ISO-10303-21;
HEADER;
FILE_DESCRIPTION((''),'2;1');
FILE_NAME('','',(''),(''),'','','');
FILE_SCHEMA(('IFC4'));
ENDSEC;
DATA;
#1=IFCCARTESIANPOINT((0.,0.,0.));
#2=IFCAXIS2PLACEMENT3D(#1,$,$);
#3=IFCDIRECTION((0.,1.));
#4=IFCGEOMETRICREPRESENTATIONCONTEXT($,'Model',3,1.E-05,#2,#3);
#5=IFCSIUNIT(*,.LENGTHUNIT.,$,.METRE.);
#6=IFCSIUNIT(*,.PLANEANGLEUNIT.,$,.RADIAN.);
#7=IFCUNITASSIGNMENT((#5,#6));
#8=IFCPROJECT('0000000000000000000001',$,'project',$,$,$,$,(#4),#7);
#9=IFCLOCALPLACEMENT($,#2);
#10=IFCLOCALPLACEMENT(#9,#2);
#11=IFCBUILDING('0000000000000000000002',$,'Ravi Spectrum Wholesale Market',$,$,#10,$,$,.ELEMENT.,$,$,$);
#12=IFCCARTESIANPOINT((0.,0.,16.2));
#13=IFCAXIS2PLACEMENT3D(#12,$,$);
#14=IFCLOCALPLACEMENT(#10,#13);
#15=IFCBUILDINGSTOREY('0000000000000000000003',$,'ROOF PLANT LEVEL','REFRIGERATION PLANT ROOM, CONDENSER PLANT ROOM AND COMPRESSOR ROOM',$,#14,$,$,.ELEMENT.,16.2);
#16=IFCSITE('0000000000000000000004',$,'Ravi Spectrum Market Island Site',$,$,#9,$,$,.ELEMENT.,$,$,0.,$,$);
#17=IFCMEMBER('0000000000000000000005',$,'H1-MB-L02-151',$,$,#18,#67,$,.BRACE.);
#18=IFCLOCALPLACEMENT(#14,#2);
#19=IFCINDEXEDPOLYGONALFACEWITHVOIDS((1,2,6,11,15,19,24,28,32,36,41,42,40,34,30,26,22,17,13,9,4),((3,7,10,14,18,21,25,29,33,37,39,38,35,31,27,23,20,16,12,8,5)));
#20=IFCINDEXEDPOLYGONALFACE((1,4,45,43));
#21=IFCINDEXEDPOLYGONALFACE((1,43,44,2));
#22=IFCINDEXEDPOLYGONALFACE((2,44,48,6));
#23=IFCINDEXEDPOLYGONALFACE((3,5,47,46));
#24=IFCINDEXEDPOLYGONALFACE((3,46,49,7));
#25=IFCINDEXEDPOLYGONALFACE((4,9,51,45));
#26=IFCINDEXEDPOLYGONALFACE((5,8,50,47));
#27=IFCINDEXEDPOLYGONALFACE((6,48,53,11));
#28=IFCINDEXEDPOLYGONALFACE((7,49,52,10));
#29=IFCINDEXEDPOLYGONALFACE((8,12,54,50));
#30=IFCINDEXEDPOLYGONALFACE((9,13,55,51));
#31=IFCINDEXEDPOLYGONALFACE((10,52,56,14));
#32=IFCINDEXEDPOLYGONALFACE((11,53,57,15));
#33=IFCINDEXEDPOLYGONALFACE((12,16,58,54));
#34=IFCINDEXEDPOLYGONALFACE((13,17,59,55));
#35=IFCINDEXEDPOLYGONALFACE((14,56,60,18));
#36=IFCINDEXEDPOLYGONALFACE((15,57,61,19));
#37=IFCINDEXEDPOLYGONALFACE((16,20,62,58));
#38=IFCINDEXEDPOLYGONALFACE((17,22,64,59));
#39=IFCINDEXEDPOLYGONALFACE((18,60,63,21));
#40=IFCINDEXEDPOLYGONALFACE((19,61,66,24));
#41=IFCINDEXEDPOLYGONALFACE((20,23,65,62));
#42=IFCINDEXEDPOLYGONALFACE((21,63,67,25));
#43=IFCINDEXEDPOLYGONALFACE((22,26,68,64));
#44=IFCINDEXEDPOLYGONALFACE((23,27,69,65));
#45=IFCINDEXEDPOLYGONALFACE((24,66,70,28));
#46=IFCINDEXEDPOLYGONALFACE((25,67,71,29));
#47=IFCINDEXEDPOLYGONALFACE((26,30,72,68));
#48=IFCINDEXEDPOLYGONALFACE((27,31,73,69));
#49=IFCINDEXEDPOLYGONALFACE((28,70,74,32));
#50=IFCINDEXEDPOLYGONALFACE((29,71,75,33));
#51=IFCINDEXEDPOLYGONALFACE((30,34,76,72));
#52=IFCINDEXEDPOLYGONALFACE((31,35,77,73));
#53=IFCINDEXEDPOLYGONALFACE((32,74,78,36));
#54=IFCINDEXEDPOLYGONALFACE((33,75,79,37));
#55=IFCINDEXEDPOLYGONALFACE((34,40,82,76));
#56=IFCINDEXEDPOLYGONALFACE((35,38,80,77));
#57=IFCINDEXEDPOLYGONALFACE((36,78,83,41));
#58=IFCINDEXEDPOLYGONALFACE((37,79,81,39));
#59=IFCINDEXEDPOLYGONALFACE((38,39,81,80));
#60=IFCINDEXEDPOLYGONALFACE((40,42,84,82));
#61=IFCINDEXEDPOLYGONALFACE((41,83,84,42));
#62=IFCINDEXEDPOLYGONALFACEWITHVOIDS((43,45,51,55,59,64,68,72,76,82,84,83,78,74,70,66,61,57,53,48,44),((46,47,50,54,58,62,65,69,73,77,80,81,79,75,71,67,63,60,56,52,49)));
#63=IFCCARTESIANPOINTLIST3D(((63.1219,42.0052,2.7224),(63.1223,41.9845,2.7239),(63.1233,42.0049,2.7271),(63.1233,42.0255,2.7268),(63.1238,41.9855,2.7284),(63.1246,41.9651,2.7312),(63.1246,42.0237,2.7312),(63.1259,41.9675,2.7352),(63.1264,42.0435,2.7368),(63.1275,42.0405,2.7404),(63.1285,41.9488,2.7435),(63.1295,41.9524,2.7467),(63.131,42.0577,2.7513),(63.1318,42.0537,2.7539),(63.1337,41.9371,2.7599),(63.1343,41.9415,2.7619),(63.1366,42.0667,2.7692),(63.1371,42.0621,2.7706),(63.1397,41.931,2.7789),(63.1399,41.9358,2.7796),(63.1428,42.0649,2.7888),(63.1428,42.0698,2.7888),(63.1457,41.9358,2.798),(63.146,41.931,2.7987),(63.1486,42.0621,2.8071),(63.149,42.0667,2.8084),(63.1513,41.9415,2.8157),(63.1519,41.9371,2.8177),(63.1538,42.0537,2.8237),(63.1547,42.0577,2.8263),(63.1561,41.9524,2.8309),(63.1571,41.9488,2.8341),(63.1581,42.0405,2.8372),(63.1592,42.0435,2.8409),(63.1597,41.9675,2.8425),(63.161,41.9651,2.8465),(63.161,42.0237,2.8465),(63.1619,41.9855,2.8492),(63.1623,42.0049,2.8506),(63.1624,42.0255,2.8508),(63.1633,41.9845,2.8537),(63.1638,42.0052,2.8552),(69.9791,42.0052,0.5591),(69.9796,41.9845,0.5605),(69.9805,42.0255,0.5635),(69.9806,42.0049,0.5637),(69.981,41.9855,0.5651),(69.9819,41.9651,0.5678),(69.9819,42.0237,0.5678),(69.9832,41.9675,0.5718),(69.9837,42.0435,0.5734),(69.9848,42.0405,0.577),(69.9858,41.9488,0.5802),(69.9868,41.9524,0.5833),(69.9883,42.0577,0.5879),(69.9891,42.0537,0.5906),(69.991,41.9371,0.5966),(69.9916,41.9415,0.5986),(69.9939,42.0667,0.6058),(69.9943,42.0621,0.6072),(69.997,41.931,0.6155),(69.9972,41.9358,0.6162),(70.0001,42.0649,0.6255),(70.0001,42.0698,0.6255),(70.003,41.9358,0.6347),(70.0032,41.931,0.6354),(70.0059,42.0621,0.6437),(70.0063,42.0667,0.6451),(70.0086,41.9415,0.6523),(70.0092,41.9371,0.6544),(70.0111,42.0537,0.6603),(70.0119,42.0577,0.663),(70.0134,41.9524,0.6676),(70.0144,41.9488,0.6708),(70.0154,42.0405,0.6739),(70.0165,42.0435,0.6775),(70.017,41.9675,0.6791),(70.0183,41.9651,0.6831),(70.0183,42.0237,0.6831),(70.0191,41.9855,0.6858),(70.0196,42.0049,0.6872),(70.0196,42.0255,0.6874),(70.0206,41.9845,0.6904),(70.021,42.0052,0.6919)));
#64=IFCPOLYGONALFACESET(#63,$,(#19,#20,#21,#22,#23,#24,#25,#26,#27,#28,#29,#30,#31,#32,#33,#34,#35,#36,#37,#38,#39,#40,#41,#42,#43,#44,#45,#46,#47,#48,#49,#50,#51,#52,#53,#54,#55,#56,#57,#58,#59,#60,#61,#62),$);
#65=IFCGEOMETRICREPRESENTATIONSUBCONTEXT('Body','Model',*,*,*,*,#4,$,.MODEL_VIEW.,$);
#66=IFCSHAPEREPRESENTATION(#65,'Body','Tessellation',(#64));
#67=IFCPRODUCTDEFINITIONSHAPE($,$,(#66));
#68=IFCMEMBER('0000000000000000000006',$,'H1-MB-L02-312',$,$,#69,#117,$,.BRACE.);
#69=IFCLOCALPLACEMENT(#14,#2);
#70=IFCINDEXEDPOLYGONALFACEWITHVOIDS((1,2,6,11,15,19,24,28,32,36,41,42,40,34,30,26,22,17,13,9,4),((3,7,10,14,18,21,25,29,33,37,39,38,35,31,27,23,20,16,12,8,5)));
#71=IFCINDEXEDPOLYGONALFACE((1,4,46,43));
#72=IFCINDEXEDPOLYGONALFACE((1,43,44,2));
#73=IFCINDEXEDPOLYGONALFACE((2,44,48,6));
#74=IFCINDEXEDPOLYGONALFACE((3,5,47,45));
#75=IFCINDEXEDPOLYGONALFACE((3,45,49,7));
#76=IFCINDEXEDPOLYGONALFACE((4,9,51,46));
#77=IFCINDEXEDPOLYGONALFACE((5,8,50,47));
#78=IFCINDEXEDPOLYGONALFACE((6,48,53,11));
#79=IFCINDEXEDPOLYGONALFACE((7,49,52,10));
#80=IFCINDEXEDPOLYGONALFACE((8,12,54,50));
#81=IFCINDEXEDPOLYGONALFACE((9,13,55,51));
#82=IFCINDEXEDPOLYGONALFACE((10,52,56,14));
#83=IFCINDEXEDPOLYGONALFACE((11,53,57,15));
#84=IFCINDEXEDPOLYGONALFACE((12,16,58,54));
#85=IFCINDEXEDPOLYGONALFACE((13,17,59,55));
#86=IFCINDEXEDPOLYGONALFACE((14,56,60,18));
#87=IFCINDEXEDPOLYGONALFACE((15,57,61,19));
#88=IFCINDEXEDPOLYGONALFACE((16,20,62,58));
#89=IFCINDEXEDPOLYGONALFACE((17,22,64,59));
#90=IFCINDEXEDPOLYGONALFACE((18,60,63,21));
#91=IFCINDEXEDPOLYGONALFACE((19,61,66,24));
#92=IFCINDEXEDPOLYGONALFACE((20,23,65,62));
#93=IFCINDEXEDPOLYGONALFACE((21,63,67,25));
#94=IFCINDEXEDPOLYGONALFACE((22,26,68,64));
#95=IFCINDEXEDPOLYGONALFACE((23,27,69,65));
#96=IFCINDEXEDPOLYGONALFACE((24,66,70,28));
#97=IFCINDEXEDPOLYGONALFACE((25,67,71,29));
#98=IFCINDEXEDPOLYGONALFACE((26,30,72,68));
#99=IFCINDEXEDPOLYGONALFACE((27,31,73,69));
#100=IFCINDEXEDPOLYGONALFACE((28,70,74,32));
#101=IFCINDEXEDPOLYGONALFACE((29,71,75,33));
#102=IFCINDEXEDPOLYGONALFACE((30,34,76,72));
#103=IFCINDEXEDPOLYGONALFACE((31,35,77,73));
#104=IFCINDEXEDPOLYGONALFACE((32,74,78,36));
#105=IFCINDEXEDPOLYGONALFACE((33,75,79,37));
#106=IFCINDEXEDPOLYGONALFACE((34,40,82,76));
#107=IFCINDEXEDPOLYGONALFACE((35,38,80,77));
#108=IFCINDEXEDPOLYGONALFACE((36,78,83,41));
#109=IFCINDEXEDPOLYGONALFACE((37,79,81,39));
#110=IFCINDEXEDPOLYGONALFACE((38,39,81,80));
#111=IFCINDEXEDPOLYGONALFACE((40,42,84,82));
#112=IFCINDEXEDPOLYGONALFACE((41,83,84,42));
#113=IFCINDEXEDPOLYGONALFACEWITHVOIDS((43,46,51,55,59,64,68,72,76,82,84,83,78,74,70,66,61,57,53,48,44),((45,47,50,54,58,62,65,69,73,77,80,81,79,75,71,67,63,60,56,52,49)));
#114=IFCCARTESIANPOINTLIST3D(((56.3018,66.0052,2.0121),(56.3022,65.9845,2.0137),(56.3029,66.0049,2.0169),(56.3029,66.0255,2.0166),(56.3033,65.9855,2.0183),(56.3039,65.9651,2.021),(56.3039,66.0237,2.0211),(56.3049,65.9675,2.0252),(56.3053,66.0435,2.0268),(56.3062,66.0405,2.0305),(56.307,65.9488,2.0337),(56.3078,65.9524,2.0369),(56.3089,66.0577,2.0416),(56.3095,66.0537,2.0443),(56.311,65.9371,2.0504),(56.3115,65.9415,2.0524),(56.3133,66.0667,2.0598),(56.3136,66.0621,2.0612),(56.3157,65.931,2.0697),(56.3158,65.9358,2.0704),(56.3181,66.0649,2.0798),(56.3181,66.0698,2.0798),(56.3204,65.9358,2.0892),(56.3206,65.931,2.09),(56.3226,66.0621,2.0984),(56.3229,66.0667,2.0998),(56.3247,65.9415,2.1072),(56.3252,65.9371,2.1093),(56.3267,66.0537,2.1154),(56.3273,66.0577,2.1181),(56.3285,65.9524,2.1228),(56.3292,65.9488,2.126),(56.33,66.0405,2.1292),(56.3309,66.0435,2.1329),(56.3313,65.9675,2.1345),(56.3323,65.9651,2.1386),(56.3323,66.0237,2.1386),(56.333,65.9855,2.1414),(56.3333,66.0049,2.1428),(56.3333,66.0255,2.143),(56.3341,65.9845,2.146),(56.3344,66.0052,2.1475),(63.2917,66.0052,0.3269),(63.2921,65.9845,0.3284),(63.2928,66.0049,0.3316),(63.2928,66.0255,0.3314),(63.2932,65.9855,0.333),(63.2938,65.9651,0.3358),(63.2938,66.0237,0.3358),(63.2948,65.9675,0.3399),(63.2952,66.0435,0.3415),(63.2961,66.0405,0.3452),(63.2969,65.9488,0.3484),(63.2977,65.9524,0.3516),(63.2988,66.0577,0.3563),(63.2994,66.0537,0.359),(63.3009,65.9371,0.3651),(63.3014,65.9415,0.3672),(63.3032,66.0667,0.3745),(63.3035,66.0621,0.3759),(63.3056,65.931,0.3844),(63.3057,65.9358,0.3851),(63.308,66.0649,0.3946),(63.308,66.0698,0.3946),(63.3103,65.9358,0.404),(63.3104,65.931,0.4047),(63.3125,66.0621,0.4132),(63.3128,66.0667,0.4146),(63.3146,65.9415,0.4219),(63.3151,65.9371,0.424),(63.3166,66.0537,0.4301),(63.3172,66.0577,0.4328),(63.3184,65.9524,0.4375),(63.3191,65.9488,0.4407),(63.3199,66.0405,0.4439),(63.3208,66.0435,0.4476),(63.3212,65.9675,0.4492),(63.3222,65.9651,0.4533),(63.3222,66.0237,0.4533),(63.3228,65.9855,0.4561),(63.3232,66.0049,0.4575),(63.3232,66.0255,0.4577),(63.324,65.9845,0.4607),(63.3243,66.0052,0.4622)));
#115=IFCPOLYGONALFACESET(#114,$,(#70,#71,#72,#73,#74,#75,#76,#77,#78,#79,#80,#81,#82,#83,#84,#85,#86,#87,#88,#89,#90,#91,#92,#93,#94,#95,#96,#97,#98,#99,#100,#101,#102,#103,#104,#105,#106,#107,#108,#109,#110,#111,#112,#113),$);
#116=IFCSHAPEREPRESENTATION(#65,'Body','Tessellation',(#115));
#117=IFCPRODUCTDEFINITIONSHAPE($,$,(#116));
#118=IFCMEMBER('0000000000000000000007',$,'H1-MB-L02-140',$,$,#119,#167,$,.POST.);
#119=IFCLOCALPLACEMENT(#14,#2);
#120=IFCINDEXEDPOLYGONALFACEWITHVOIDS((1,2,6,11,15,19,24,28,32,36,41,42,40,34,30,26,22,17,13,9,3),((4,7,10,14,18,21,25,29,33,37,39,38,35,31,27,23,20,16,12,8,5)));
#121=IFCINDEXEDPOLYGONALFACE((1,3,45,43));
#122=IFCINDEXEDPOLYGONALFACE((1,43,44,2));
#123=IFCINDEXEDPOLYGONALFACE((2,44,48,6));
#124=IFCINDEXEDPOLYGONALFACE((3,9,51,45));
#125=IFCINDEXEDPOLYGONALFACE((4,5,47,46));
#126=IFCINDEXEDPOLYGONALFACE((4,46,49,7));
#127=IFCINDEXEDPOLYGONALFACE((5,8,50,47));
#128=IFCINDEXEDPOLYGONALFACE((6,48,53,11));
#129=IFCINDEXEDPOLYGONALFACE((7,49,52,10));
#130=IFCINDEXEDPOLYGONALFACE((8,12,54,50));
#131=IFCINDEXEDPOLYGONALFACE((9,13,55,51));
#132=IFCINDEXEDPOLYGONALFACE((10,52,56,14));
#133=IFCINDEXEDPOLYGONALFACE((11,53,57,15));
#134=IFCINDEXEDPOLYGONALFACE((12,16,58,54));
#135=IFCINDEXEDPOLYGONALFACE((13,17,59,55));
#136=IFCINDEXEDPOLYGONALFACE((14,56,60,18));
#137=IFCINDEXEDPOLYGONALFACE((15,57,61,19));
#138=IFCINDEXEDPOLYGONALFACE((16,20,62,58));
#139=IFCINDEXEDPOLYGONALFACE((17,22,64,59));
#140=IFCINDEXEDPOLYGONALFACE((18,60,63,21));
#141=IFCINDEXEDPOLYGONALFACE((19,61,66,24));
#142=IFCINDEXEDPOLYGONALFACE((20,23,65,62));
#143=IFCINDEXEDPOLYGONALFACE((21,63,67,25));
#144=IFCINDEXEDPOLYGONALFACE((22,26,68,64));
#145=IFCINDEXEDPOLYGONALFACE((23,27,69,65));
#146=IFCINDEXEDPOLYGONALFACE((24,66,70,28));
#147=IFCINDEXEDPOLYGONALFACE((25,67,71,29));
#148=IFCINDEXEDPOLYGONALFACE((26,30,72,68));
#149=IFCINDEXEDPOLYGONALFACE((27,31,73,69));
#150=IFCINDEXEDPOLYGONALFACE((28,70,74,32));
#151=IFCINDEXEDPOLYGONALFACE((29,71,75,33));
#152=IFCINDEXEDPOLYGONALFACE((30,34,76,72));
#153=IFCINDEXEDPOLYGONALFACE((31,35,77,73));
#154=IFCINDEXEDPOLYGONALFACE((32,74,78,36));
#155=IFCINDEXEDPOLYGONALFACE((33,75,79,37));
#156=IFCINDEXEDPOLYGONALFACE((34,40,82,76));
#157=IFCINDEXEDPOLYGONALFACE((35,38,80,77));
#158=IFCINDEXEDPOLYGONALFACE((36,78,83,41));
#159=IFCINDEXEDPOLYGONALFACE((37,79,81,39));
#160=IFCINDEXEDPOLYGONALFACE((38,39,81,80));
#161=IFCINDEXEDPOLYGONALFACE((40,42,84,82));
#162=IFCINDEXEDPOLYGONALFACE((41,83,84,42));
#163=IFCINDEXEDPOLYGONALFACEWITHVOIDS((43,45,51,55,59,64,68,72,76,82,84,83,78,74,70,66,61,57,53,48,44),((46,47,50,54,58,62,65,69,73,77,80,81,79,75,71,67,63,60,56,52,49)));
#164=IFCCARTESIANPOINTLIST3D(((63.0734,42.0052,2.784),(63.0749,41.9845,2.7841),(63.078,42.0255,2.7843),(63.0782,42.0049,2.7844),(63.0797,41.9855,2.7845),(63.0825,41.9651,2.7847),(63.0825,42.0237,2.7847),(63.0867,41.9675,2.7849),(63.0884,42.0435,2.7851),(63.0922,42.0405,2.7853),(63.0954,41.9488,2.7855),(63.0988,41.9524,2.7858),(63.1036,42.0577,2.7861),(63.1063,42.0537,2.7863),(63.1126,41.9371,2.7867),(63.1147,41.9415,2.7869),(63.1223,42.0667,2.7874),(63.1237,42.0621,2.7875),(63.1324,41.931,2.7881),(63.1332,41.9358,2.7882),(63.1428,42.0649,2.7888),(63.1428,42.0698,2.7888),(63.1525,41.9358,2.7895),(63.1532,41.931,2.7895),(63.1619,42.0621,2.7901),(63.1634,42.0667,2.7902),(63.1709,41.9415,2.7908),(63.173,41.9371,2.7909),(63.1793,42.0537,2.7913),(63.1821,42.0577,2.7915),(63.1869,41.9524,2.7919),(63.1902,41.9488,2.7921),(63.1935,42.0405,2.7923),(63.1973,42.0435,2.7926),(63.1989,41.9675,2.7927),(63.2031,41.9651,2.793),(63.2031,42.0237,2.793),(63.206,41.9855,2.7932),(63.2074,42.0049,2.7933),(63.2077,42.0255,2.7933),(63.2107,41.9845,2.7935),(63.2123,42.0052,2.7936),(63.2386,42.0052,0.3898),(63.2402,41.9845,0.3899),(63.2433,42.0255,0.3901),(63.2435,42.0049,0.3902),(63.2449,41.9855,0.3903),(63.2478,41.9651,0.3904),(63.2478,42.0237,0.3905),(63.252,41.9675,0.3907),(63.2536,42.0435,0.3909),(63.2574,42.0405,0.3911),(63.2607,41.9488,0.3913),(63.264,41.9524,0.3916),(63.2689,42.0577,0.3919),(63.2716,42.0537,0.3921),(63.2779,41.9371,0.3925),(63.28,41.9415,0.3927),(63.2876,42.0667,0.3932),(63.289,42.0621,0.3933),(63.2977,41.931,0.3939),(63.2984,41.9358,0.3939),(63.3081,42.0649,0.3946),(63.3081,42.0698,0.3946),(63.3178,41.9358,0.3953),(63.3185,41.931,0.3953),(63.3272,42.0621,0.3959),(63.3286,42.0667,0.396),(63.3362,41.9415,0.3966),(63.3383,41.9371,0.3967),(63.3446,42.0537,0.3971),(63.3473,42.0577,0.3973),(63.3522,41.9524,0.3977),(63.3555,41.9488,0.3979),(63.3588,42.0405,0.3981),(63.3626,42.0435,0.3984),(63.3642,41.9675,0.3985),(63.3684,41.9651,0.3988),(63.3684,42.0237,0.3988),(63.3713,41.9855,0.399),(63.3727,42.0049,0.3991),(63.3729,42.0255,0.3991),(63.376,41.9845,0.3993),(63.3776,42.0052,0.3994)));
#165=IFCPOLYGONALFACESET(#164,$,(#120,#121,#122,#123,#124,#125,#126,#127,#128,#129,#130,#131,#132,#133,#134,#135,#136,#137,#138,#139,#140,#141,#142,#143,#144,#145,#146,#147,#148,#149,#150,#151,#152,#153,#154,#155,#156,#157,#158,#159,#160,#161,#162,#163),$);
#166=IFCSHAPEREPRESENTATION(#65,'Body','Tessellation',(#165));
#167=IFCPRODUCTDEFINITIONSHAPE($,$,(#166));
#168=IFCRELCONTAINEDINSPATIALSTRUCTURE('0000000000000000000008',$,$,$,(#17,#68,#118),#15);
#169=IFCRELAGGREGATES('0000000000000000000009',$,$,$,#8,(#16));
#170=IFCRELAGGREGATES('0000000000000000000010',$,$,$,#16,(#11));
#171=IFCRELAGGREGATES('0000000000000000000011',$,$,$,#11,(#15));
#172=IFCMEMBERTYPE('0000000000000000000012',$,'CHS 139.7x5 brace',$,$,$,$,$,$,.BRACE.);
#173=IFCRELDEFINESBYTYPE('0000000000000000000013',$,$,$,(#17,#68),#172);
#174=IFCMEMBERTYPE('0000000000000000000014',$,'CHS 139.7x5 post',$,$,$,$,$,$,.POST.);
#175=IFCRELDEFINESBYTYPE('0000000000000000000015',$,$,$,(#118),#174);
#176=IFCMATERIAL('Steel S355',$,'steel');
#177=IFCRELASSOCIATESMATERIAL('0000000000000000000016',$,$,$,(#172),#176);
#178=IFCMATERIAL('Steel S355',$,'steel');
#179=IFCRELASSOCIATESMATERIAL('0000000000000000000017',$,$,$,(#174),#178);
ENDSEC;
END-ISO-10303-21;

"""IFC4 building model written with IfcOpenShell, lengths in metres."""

from ifc_helpers import new_model, si_unit, direction, frame, origin, origin_2d, place, context, subcontext, project, spatial, hollow_circle, extrude, material, material_profile, profile_set, type_object, element, save


model = new_model("IFC4")

# Units and contexts
model_context = context("Model", 3, precision=1e-05, world=origin(), true_north=direction((0.0, 1.0)))
body_context = subcontext(model_context, "Body", "Model", "MODEL_VIEW")
ifc_project = project(units=[si_unit("LENGTHUNIT", "METRE"), si_unit("PLANEANGLEUNIT", "RADIAN")], contexts=[model_context])

# Site, building, storey
site_placement = place(None, origin())
site = spatial("IfcSite", under=ifc_project, at=site_placement, Name="Ravi Spectrum Market Island Site", CompositionType="ELEMENT", RefElevation=0.0)
building_placement = place(site_placement, origin())
building = spatial("IfcBuilding", under=site, at=building_placement, Name="Ravi Spectrum Wholesale Market", CompositionType="ELEMENT")
storey_placement = place(building_placement, frame((0.0, 0.0, 16.2)))
storey = spatial("IfcBuildingStorey", under=building, at=storey_placement, Name="ROOF PLANT LEVEL", Description="REFRIGERATION PLANT ROOM, CONDENSER PLANT ROOM AND COMPRESSOR ROOM", CompositionType="ELEMENT", Elevation=16.2)

# Members
ifc_material_1 = material(Name="Steel S355", Category="steel")
ifc_material_profile_1 = material_profile(ifc_material_1, hollow_circle(Radius=0.0698, WallThickness=0.0049, at=origin_2d()))
ifc_profile_set_1 = profile_set([ifc_material_profile_1], Name="Steel S355")
member_type_1 = type_object("IfcMemberType", Name="CHS 139.7x5 brace", PredefinedType="BRACE", material=ifc_profile_set_1)
member_1_placement = place(storey_placement, frame((63.1428, 42.0, 2.7888), z_axis=(0.953666, 0.0, -0.300866), x_axis=(0.0, 1.0, 0.0)))
element("IfcMember", 1, at=member_1_placement, inside=storey, type_object=member_type_1, Name="H1-MB-L02-151", PredefinedType="BRACE", context=body_context, shape_type="SweptSolid", body=[
    extrude(hollow_circle(Radius=0.0698, WallThickness=0.0049, at=origin_2d()), origin(), (0.0, 0.0, 1.0), 7.1904),
])
member_2_placement = place(storey_placement, frame((56.3181, 66.0, 2.0798), z_axis=(0.972144, 0.0, -0.234386), x_axis=(0.0, 1.0, 0.0)))
element("IfcMember", 2, at=member_2_placement, inside=storey, type_object=member_type_1, Name="H1-MB-L02-312", PredefinedType="BRACE", context=body_context, shape_type="SweptSolid", body=[
    extrude(hollow_circle(Radius=0.0698, WallThickness=0.0049, at=origin_2d()), origin(), (0.0, 0.0, 1.0), 7.1902),
])
ifc_material_2 = material(Name="Steel S355", Category="steel")
ifc_material_profile_2 = material_profile(ifc_material_2, hollow_circle(Radius=0.0698, WallThickness=0.0049, at=origin_2d()))
ifc_profile_set_2 = profile_set([ifc_material_profile_2], Name="Steel S355")
member_type_2 = type_object("IfcMemberType", Name="CHS 139.7x5 post", PredefinedType="POST", material=ifc_profile_set_2)
member_3_placement = place(storey_placement, frame((63.1428, 42.0, 2.7888), z_axis=(0.068868, 0.0, -0.997626), x_axis=(0.0, 1.0, 0.0)))
element("IfcMember", 3, at=member_3_placement, inside=storey, type_object=member_type_2, Name="H1-MB-L02-140", PredefinedType="POST", context=body_context, shape_type="SweptSolid", body=[
    extrude(hollow_circle(Radius=0.0698, WallThickness=0.0049, at=origin_2d()), origin(), (0.0, 0.0, 1.0), 2.3999),
])

save(model, "model.ifc")
